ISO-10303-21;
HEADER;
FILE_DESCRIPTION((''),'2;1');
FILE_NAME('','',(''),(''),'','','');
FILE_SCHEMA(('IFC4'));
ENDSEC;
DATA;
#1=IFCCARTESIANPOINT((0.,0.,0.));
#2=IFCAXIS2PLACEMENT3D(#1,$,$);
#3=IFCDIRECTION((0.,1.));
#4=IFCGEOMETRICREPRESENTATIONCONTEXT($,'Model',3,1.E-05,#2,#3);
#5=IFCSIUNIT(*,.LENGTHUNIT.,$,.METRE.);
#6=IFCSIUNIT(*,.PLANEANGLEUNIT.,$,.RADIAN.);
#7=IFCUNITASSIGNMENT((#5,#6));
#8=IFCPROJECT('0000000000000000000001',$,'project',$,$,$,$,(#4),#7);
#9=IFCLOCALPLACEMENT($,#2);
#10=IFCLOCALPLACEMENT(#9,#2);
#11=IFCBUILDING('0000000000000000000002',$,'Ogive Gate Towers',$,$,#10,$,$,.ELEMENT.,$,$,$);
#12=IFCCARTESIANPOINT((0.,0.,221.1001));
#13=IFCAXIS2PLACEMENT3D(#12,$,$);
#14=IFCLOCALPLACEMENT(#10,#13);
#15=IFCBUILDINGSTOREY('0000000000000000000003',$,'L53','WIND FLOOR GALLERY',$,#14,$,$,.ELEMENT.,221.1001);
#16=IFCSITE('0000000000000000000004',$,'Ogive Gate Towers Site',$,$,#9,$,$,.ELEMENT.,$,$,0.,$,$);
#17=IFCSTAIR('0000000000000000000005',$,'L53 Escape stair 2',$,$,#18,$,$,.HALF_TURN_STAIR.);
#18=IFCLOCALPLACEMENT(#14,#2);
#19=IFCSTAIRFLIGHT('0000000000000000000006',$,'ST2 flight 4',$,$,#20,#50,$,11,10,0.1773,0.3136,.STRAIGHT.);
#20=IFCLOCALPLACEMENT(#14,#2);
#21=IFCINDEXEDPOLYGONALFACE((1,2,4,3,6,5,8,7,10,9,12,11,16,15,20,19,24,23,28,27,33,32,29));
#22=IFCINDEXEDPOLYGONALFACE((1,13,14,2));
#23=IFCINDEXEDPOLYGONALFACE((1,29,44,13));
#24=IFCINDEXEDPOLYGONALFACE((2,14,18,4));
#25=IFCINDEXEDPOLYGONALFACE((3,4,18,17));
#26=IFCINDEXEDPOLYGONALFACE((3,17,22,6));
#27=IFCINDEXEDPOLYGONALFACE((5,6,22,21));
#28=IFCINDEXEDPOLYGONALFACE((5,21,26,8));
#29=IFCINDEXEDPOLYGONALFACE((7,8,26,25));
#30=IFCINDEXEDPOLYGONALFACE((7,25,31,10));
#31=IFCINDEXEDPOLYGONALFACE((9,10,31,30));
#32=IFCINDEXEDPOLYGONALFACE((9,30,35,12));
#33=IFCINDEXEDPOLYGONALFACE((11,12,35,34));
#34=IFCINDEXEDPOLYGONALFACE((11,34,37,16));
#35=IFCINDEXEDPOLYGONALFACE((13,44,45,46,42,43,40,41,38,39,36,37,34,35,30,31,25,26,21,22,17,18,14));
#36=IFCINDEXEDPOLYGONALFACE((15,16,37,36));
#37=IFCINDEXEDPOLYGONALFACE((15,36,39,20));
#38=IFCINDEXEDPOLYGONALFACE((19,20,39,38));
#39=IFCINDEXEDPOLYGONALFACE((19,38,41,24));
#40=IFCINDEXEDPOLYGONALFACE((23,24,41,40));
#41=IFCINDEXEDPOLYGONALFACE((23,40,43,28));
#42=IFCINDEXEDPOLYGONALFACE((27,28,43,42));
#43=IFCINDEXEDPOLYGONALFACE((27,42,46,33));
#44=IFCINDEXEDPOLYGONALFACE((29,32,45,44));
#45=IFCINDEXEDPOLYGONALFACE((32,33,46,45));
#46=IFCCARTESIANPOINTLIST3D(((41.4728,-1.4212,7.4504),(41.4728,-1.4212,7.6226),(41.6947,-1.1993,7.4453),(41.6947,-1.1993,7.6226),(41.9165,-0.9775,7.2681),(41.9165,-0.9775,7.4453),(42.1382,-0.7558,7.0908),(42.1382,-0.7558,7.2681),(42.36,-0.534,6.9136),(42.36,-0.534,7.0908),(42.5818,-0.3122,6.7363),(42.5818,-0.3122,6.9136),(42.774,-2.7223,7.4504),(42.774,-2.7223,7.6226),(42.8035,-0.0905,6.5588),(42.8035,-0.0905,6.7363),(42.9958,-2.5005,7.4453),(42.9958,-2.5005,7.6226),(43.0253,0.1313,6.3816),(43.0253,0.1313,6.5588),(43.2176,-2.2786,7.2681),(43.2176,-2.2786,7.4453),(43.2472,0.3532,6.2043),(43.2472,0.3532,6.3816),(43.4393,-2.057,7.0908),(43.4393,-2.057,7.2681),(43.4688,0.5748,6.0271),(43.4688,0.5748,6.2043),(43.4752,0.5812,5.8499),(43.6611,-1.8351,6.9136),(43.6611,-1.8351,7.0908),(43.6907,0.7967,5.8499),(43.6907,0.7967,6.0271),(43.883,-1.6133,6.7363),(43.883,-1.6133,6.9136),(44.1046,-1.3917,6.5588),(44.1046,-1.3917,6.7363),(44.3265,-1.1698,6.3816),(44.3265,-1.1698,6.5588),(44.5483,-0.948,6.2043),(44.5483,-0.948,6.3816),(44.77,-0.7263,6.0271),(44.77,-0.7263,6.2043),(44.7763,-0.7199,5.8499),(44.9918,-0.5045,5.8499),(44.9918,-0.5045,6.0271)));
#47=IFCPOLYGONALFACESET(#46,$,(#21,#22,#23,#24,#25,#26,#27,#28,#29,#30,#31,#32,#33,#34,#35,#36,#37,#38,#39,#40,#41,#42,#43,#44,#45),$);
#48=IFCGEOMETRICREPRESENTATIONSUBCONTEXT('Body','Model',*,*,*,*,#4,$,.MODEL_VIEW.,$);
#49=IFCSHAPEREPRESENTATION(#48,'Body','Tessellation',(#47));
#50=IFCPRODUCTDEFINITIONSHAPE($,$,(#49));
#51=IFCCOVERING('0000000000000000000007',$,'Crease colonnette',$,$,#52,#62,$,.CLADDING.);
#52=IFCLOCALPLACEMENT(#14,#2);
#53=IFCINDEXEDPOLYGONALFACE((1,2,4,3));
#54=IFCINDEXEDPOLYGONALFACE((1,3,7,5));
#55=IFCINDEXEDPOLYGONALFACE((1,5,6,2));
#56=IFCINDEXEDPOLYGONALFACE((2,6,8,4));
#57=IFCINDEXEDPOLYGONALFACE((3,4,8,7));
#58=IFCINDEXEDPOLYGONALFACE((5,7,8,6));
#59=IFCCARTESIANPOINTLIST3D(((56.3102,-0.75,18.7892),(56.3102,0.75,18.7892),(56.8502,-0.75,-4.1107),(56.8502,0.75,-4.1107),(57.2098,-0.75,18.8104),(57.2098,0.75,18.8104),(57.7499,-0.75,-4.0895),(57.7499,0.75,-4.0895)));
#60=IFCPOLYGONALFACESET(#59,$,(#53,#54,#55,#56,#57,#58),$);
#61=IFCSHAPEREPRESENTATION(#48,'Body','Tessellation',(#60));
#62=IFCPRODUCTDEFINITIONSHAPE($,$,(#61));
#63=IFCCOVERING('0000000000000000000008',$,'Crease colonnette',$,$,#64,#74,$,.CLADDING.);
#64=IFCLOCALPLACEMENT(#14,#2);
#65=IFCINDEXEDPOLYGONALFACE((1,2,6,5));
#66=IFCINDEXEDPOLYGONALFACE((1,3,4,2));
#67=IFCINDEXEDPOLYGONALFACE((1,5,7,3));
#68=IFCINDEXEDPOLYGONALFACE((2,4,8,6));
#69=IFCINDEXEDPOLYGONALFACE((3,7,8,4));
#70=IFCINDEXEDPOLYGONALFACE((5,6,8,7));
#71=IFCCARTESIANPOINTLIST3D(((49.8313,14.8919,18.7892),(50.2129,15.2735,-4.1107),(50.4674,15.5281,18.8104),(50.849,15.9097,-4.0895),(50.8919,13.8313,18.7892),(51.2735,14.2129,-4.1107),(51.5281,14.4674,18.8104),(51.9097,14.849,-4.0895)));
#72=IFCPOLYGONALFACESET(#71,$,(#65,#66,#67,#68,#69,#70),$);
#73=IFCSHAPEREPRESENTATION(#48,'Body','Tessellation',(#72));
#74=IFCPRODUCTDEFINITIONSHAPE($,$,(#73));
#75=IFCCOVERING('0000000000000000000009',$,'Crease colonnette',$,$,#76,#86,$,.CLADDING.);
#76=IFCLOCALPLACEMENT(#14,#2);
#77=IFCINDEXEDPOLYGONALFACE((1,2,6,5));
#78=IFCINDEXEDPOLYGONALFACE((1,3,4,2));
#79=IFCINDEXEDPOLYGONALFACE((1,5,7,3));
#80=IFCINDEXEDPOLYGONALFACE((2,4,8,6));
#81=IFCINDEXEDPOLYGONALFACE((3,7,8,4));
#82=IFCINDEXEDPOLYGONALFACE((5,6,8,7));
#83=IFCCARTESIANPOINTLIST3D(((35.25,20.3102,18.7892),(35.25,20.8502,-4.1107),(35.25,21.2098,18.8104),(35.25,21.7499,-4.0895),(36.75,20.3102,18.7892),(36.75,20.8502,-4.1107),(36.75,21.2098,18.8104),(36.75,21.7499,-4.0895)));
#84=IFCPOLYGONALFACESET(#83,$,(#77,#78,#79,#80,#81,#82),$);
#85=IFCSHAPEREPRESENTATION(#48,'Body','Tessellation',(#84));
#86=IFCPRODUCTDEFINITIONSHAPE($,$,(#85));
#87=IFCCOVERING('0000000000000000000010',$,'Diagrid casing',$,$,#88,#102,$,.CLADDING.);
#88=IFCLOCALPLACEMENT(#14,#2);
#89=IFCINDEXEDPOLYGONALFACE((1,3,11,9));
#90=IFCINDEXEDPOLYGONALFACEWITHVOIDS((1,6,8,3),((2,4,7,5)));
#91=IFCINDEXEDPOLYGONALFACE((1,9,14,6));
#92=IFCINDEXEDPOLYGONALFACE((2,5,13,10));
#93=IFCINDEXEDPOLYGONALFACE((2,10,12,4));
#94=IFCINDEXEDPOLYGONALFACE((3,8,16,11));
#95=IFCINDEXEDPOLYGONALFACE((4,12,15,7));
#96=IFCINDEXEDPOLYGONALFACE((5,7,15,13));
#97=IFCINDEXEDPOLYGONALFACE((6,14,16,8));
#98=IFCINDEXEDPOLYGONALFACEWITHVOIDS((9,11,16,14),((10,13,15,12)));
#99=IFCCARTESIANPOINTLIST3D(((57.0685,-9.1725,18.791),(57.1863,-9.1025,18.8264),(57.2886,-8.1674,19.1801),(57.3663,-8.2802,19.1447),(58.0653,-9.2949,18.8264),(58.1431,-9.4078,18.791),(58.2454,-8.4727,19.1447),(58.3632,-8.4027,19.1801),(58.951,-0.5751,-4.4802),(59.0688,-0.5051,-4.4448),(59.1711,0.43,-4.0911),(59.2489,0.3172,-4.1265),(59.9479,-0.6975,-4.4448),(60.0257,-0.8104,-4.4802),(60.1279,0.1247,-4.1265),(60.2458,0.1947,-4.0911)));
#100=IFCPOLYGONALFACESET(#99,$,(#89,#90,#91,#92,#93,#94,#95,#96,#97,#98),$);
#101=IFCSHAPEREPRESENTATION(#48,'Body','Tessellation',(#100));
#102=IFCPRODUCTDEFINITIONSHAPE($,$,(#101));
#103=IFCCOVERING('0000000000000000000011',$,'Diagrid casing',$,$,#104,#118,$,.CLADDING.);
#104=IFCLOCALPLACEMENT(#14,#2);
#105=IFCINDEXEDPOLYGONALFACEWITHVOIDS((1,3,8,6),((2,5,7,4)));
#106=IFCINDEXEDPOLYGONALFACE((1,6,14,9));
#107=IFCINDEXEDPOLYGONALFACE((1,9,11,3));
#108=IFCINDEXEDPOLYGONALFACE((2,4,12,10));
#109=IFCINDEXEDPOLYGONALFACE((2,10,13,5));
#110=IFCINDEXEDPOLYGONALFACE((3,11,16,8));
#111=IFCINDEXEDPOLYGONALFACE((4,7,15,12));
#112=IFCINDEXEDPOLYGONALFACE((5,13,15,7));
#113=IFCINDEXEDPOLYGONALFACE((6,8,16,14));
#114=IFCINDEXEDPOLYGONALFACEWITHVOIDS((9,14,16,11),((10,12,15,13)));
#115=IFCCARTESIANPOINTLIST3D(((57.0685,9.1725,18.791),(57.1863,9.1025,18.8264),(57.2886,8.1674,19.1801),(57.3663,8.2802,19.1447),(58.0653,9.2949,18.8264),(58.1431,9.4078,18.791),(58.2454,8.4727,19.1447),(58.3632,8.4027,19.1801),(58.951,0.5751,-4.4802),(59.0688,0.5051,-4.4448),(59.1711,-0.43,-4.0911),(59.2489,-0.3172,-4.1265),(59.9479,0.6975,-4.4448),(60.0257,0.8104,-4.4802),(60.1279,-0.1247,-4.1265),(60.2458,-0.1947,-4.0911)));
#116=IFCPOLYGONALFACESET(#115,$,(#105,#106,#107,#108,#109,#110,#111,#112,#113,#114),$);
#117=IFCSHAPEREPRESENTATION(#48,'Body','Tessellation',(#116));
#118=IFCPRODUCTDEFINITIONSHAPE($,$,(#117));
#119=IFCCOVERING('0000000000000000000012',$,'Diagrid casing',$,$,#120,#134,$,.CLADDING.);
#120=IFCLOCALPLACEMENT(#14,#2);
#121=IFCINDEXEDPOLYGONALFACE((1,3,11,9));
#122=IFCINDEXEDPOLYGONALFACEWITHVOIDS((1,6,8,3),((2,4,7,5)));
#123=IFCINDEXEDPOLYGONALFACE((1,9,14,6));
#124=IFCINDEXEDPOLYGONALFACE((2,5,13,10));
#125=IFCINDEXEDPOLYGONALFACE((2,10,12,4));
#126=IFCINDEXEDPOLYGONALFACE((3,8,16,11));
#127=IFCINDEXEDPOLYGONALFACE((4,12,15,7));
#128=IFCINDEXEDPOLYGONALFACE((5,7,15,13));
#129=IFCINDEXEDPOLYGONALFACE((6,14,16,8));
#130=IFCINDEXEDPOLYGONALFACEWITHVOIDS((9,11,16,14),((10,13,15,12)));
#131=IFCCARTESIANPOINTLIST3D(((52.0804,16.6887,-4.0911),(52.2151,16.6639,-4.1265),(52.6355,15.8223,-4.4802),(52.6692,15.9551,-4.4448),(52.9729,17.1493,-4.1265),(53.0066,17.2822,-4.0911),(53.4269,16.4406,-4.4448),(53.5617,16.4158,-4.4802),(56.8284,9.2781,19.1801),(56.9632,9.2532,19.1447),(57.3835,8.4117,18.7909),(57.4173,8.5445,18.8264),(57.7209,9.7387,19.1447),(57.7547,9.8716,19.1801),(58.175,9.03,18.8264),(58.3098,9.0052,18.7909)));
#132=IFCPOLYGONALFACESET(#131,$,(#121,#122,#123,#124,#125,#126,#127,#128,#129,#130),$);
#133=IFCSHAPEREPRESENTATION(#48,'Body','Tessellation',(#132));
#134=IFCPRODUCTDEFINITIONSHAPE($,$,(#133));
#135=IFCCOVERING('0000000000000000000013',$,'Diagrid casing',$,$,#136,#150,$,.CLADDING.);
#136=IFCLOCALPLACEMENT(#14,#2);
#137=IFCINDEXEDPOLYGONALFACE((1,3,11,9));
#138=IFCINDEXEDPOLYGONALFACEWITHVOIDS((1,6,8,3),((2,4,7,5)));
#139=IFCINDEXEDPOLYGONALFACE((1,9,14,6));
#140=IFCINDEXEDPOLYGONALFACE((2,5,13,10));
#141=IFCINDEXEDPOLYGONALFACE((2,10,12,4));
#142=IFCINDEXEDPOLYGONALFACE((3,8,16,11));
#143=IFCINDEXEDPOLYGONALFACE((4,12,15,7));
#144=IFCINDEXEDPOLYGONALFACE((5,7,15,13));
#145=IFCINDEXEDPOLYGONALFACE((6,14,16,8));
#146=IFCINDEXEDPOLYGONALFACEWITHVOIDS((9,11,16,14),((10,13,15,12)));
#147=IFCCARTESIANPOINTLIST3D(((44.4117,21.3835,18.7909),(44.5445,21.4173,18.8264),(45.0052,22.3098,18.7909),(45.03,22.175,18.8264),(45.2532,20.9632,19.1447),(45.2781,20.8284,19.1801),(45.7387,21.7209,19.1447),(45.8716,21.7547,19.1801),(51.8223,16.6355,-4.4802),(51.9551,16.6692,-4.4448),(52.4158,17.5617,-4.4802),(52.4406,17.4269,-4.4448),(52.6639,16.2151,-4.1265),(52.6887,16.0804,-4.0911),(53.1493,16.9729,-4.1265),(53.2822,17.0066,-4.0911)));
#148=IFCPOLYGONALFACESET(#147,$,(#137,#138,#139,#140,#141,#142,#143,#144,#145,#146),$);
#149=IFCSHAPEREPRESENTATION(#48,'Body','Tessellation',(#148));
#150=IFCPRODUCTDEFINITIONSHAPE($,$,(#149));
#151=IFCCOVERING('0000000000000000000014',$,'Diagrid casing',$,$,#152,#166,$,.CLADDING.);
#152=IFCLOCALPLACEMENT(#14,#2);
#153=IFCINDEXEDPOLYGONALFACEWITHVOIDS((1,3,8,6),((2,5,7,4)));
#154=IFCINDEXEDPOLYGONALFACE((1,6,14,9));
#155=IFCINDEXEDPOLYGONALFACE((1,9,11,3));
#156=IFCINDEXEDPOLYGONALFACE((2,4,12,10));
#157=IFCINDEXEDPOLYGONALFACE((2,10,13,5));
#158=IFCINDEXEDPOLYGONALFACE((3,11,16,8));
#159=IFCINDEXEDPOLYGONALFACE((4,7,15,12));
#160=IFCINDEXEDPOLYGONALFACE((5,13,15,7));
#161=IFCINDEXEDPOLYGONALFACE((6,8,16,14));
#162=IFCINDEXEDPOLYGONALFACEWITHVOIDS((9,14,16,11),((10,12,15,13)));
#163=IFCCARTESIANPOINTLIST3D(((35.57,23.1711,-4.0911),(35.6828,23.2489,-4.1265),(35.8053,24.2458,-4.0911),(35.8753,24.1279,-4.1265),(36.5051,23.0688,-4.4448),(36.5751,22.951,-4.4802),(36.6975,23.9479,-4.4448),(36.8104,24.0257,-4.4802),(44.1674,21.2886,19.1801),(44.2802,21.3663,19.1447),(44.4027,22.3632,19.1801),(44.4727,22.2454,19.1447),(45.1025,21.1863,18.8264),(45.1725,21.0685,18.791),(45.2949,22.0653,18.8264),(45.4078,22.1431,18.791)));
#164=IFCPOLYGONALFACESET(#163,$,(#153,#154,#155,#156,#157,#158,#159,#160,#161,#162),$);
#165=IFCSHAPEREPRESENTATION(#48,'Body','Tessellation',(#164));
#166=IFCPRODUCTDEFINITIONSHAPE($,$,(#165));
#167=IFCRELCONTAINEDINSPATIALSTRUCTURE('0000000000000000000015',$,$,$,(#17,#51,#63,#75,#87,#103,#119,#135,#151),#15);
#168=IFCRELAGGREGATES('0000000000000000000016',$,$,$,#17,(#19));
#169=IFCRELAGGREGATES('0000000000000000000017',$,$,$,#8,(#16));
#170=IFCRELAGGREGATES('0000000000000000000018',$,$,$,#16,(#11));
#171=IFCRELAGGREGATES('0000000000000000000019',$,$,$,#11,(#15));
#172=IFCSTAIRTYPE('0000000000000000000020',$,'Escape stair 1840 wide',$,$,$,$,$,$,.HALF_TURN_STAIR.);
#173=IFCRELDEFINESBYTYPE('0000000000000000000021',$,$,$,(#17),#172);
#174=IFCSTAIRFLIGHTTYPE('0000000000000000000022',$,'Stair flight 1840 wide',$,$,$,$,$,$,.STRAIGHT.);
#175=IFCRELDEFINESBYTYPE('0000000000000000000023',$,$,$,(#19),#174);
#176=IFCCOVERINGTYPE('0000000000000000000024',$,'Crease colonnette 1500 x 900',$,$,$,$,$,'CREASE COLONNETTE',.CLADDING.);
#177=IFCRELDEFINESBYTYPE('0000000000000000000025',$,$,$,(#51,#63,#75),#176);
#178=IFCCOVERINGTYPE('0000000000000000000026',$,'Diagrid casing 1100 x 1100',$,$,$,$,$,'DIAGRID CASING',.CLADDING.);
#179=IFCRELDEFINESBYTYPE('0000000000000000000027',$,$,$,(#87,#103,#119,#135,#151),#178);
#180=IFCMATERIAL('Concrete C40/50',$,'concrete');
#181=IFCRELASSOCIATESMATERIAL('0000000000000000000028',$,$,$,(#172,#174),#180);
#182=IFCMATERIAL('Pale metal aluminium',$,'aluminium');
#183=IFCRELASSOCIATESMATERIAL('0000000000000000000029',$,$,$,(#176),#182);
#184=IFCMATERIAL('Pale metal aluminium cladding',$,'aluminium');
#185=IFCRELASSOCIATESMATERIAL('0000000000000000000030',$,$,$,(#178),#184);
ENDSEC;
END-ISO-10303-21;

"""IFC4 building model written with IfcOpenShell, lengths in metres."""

from ifc_helpers import new_model, si_unit, direction, frame, origin, origin_2d, place, context, subcontext, project, spatial, polyline, rectangle, hollow_rectangle, outline, extrude, material, material_profile, profile_set, type_object, element, aggregate, save


model = new_model("IFC4")

# Units and contexts
model_context = context("Model", 3, precision=1e-05, world=origin(), true_north=direction((0.0, 1.0)))
body_context = subcontext(model_context, "Body", "Model", "MODEL_VIEW")
ifc_project = project(units=[si_unit("LENGTHUNIT", "METRE"), si_unit("PLANEANGLEUNIT", "RADIAN")], contexts=[model_context])

# Site, building, storey
site_placement = place(None, origin())
site = spatial("IfcSite", under=ifc_project, at=site_placement, Name="Ogive Gate Towers Site", CompositionType="ELEMENT", RefElevation=0.0)
building_placement = place(site_placement, origin())
building = spatial("IfcBuilding", under=site, at=building_placement, Name="Ogive Gate Towers", CompositionType="ELEMENT")
storey_placement = place(building_placement, frame((0.0, 0.0, 221.1001)))
storey = spatial("IfcBuildingStorey", under=building, at=storey_placement, Name="L53", Description="WIND FLOOR GALLERY", CompositionType="ELEMENT", Elevation=221.1001)

# Shared definitions
ifc_material_1 = material(Name="Concrete C40/50", Category="concrete")

# Stair, stair flight
stair_type = type_object("IfcStairType", Name="Escape stair 1840 wide", PredefinedType="HALF_TURN_STAIR", material=ifc_material_1)
stair_placement = place(storey_placement, origin())
stair = element("IfcStair", 1, at=stair_placement, inside=storey, type_object=stair_type, Name="L53 Escape stair 2", PredefinedType="HALF_TURN_STAIR")
stair_flight_type = type_object("IfcStairFlightType", Name="Stair flight 1840 wide", PredefinedType="STRAIGHT", material=ifc_material_1)
stair_flight_1_placement = place(storey_placement, frame((44.3413, 0.146, 5.8499), z_axis=(0.0, 0.0, 1.0), x_axis=(-0.707107, -0.707107, 0.0)))
stair_flight_1 = element("IfcStairFlight", 2, at=stair_flight_1_placement, type_object=stair_flight_type, Name="ST2 flight 4", NumberOfRisers=11, NumberOfTreads=10, PredefinedType="STRAIGHT", RiserHeight=0.1773, TreadLength=0.3136, context=body_context, shape_type="SweptSolid", body=[
    extrude(outline(polyline([(0.0, 0.0), (0.0, 0.1772), (0.3137, 0.1772), (0.3137, 0.3545), (0.6272, 0.3545), (0.6272, 0.5317), (0.9409, 0.5317), (0.9409, 0.709), (1.2546, 0.709), (1.2546, 0.8865), (1.5681, 0.8865), (1.5681, 1.0637), (1.8818, 1.0637), (1.8818, 1.241), (2.1956, 1.241), (2.1956, 1.4182), (2.509, 1.4182), (2.509, 1.5955), (2.8228, 1.5955), (2.8228, 1.7727), (3.1365, 1.7727), (3.1365, 1.95), (3.1365, 1.6006), (0.3047, 0.0), (0.0, 0.0)])), frame((0.0, 0.9199, 0.0), z_axis=(0.0, -1.0, 0.0), x_axis=(1.0, 0.0, 0.0)), (0.0, 0.0, 1.0), 1.8401),
])
aggregate(stair, [stair_flight_1])

# Coverings
ifc_material_2 = material(Name="Pale metal aluminium", Category="aluminium")
ifc_material_profile_1 = material_profile(ifc_material_2, rectangle(XDim=1.5, YDim=0.8999, at=origin_2d()), Name="1500 x 900 pale metal aluminium")
ifc_profile_set_1 = profile_set([ifc_material_profile_1], Name="Pale metal aluminium")
covering_type_1 = type_object("IfcCoveringType", Name="Crease colonnette 1500 x 900", ElementType="CREASE COLONNETTE", PredefinedType="CLADDING", material=ifc_profile_set_1)
for number, where, z_axis, x_axis, name in (
    (3, (57.3, 0.0, -4.1001), (-0.023576, 0.0, 0.999722), (0.0, -1.0, 0.0), "Crease colonnette"),
    (4, (51.0613, 15.0613, -4.1001), (-0.016659, -0.016659, 0.999722), (0.707107, -0.707107, 0.0), "Crease colonnette"),
    (5, (36.0, 21.3, -4.1001), (0.0, -0.023576, 0.999722), (1.0, 0.0, 0.0), "Crease colonnette"),
):
    element("IfcCovering", number, at=place(storey_placement, frame(where, z_axis=z_axis, x_axis=x_axis)), inside=storey, type_object=covering_type_1, Name=name, PredefinedType="CLADDING", context=body_context, shape_type="SweptSolid", body=[
        extrude(rectangle(XDim=1.5, YDim=0.8999, at=origin_2d()), origin(), (0.0, 0.0, 1.0), 22.9062),
    ])
ifc_material_3 = material(Name="Pale metal aluminium cladding", Category="aluminium")
ifc_material_profile_2 = material_profile(ifc_material_3, hollow_rectangle(XDim=1.1001, YDim=1.1001, WallThickness=0.1001, at=origin_2d()), Name="1100 x 1100 pale metal casing")
ifc_profile_set_2 = profile_set([ifc_material_profile_2], Name="Pale metal aluminium cladding")
covering_type_2 = type_object("IfcCoveringType", Name="Diagrid casing 1100 x 1100", ElementType="DIAGRID CASING", PredefinedType="CLADDING", material=ifc_profile_set_2)
for number, where, z_axis, x_axis, name in (
    (6, (59.5984, -0.1902, -4.2856), (-0.075666, -0.345556, 0.935342), (0.976855, -0.213901, 0.0), "Diagrid casing"),
    (7, (59.5984, 0.1902, -4.2856), (-0.075666, 0.345556, 0.935342), (-0.976855, -0.213901, 0.0), "Diagrid casing"),
    (8, (52.821, 16.5522, -4.2856), (0.190838, -0.297856, 0.935341), (0.842001, 0.539476, 0.0), "Diagrid casing"),
    (9, (52.5522, 16.821, -4.2856), (-0.297856, 0.190838, 0.935341), (-0.539476, -0.842001, 0.0), "Diagrid casing"),
    (10, (36.1902, 23.5984, -4.2856), (0.345556, -0.075666, 0.935342), (0.213901, 0.976855, 0.0), "Diagrid casing"),
):
    element("IfcCovering", number, at=place(storey_placement, frame(where, z_axis=z_axis, x_axis=x_axis)), inside=storey, type_object=covering_type_2, Name=name, PredefinedType="CLADDING", context=body_context, shape_type="SweptSolid", body=[
        extrude(hollow_rectangle(XDim=1.1001, YDim=1.1001, WallThickness=0.1001, at=origin_2d()), origin(), (0.0, 0.0, 1.0), 24.8799),
    ])

save(model, "model.ifc")
